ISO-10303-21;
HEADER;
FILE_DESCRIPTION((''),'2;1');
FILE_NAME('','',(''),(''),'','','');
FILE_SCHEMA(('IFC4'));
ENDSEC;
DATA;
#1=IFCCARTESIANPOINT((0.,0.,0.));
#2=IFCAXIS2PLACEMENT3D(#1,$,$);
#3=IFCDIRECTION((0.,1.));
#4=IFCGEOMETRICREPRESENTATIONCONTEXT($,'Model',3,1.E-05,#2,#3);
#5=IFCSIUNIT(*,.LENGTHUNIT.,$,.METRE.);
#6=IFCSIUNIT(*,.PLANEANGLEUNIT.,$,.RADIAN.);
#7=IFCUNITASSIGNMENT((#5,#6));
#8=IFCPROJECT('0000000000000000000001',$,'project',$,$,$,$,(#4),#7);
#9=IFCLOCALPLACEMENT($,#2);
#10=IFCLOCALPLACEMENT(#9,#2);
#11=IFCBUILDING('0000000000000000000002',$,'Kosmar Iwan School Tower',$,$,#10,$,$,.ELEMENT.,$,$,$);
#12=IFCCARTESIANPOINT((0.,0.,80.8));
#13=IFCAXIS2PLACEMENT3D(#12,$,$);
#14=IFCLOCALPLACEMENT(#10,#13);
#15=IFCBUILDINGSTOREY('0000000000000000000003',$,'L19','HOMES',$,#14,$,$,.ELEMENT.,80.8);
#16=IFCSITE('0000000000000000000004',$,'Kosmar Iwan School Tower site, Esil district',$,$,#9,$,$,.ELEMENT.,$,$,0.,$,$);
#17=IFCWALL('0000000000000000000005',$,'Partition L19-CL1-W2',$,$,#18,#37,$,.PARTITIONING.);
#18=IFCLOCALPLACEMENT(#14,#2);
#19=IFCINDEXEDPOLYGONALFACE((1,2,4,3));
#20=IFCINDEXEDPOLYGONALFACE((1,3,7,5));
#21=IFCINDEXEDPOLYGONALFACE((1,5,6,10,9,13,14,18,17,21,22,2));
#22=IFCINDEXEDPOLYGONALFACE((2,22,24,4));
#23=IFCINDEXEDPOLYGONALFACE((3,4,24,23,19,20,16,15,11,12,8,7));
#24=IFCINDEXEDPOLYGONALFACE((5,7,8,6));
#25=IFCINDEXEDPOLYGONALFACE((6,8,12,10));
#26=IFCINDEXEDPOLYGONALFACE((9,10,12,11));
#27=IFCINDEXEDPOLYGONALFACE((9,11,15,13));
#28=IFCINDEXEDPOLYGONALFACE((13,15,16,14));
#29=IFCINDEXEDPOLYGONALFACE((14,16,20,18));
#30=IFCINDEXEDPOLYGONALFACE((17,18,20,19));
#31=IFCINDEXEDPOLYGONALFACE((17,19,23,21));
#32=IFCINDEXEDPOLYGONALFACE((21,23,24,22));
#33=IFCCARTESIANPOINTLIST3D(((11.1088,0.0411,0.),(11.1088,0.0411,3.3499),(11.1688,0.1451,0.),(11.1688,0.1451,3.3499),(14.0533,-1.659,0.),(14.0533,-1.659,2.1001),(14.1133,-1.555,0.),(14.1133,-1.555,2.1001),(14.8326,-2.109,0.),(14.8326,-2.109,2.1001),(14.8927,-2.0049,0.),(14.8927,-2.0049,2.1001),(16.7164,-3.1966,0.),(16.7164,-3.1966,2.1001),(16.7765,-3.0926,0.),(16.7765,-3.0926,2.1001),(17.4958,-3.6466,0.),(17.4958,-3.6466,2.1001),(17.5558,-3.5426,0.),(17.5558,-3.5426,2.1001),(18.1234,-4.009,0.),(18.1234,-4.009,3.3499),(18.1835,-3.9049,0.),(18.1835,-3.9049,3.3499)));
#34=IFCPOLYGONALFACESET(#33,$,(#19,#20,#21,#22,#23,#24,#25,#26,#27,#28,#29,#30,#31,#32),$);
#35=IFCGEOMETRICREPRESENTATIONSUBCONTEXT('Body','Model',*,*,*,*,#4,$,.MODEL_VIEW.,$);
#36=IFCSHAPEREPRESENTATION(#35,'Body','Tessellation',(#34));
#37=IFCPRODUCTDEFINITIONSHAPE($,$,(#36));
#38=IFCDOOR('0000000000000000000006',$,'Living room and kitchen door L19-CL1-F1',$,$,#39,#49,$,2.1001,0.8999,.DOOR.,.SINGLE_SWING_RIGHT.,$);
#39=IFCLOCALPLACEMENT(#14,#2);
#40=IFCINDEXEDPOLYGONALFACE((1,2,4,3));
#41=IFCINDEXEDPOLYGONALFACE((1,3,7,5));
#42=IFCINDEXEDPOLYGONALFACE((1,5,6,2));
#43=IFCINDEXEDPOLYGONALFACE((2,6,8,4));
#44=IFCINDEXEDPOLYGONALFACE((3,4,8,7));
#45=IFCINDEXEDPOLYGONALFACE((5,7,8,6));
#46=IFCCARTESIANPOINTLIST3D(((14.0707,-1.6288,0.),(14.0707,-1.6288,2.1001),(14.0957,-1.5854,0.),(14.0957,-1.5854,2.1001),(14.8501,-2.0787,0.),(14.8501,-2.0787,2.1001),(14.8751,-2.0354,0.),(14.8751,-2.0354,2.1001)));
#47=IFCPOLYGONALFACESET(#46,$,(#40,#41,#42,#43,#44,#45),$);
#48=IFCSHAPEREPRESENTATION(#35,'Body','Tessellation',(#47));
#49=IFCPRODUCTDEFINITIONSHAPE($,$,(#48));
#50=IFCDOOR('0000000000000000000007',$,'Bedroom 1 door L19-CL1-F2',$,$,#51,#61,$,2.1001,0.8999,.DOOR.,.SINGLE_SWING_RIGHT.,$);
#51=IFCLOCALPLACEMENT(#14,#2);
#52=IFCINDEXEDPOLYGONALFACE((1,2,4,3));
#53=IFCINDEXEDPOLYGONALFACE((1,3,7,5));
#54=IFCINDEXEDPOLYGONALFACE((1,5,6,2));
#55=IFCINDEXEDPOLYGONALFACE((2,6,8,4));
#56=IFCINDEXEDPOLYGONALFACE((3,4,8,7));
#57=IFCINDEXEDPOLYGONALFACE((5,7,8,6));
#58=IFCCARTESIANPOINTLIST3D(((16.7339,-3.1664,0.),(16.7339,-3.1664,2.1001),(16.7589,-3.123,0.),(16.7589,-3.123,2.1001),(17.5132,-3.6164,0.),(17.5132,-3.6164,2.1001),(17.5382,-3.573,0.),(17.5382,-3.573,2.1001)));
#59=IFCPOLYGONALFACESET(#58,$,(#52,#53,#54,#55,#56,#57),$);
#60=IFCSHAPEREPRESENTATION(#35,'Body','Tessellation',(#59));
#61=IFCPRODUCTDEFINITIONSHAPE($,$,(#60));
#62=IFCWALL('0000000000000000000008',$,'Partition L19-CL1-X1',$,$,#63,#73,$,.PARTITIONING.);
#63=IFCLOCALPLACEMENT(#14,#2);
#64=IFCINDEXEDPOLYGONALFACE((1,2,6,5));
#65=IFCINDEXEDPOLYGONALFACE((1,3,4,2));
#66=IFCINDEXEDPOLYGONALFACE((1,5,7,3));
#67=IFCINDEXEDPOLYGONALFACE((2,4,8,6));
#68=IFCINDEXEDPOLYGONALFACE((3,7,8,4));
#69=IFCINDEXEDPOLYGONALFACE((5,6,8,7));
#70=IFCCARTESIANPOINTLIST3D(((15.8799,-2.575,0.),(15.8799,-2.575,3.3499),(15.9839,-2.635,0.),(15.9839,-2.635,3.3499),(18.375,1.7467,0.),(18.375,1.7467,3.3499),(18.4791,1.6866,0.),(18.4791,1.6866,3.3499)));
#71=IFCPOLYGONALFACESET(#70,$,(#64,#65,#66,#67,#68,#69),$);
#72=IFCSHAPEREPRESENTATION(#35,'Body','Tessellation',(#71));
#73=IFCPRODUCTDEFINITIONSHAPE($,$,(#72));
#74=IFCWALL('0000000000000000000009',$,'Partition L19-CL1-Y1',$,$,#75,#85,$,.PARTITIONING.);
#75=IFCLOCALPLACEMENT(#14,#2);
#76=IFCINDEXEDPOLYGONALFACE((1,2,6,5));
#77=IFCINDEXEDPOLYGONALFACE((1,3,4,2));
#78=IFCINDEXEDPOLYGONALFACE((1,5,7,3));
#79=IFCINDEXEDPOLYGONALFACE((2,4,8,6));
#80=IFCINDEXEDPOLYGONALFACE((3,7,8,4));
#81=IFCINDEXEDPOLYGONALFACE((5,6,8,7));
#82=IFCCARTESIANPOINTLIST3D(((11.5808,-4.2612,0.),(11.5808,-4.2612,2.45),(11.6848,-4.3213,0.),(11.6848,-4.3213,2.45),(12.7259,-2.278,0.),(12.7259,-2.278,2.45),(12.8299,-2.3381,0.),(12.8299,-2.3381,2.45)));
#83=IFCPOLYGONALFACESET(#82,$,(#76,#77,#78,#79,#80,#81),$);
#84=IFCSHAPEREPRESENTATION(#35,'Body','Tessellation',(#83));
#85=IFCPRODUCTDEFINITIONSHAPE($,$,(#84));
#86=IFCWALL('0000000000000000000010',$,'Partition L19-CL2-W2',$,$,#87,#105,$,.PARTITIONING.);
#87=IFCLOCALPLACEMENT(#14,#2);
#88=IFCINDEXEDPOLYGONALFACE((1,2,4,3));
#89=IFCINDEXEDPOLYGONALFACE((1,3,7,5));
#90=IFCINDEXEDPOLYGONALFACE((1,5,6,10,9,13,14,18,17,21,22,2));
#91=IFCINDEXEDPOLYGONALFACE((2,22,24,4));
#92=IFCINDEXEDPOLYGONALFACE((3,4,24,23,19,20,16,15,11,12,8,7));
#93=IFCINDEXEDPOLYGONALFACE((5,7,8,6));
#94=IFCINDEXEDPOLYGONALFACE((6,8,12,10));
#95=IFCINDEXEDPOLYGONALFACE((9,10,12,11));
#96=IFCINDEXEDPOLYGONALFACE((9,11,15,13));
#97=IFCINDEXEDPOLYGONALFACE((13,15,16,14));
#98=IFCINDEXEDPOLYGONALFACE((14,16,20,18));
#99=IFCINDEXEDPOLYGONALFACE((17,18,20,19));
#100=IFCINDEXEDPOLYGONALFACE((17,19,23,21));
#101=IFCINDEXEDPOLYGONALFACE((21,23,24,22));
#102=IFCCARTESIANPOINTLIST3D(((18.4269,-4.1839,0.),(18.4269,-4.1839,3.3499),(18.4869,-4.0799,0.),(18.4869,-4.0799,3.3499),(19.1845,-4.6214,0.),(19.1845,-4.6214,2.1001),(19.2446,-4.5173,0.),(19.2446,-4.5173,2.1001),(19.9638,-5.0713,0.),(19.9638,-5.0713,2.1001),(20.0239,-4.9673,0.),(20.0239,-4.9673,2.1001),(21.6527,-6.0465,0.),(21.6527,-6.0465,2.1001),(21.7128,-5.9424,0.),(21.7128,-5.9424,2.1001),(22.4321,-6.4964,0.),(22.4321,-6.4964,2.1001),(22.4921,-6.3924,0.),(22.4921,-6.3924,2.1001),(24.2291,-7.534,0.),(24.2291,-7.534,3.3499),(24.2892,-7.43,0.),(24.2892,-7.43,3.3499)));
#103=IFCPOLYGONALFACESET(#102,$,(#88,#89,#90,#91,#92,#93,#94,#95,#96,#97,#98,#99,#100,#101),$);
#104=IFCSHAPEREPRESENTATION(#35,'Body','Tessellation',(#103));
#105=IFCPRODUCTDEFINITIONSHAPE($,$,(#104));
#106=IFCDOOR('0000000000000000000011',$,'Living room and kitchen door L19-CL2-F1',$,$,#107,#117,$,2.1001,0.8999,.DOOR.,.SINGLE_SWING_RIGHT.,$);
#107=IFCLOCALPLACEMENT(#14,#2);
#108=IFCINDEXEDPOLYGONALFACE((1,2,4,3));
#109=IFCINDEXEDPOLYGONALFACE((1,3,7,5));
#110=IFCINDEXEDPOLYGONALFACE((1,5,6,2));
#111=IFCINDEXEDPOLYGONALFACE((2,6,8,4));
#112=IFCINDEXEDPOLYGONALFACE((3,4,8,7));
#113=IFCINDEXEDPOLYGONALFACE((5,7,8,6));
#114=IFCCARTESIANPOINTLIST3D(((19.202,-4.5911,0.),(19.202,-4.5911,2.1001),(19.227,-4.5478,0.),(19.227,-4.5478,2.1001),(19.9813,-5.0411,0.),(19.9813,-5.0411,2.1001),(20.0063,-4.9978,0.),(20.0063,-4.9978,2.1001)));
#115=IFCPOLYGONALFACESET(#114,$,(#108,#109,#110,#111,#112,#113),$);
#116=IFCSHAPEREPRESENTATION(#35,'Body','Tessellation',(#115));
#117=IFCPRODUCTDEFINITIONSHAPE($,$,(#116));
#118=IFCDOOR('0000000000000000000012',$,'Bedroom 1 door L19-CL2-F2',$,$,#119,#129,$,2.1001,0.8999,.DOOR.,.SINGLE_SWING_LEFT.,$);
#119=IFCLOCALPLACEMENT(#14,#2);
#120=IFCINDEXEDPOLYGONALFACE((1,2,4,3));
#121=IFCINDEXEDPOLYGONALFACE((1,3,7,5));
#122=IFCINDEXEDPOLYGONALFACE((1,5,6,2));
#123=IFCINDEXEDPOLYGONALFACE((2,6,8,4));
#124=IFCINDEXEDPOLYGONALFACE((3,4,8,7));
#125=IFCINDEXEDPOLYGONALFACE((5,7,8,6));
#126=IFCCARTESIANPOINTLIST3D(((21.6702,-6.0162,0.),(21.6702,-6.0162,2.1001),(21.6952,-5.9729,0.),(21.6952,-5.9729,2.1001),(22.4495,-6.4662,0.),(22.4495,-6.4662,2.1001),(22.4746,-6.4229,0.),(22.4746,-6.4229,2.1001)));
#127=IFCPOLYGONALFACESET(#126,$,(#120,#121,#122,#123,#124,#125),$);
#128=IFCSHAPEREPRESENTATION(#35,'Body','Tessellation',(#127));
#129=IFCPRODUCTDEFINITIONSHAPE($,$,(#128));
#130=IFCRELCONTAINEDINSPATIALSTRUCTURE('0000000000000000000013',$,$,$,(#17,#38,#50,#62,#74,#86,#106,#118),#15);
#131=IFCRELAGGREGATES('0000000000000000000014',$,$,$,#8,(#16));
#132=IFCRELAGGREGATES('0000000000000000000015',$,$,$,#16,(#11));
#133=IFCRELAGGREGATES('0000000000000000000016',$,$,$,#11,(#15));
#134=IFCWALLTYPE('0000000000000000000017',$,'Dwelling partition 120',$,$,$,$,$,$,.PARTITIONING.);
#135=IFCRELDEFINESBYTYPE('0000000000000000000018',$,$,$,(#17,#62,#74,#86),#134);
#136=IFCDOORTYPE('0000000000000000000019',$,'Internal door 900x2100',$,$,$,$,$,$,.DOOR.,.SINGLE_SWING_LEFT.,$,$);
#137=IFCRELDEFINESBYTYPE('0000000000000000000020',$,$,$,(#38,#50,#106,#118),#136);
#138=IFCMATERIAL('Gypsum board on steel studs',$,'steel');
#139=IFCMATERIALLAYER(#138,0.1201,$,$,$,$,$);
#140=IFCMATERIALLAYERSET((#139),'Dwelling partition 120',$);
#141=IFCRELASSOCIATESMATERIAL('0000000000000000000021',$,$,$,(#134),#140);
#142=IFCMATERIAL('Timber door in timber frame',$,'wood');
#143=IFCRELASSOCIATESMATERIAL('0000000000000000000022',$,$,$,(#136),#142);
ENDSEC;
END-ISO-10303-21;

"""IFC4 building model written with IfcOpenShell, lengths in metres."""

from ifc_helpers import new_model, si_unit, direction, frame, frame_2d, origin, place, context, subcontext, project, spatial, rectangle, extrude, material, layer, layer_set, type_object, element, fill, save


model = new_model("IFC4")

# Units and contexts
model_context = context("Model", 3, precision=1e-05, world=origin(), true_north=direction((0.0, 1.0)))
body_context = subcontext(model_context, "Body", "Model", "MODEL_VIEW")
ifc_project = project(units=[si_unit("LENGTHUNIT", "METRE"), si_unit("PLANEANGLEUNIT", "RADIAN")], contexts=[model_context])

# Site, building, storey
site_placement = place(None, origin())
site = spatial("IfcSite", under=ifc_project, at=site_placement, Name="Kosmar Iwan School Tower site, Esil district", CompositionType="ELEMENT", RefElevation=0.0)
building_placement = place(site_placement, origin())
building = spatial("IfcBuilding", under=site, at=building_placement, Name="Kosmar Iwan School Tower", CompositionType="ELEMENT")
storey_placement = place(building_placement, frame((0.0, 0.0, 80.8)))
storey = spatial("IfcBuildingStorey", under=building, at=storey_placement, Name="L19", Description="HOMES", CompositionType="ELEMENT", Elevation=80.8)

# Wall, openings, doors
ifc_material_1 = material(Name="Gypsum board on steel studs", Category="steel")
ifc_layer = layer(ifc_material_1, 0.1201)
ifc_layer_set = layer_set([ifc_layer], Name="Dwelling partition 120")
wall_type = type_object("IfcWallType", Name="Dwelling partition 120", PredefinedType="PARTITIONING", material=ifc_layer_set)
wall_1_placement = place(storey_placement, frame((11.1389, 0.093, 0.0), z_axis=(0.0, 0.0, 1.0), x_axis=(0.866018, -0.500013, 0.0)))
wall_1 = element("IfcWall", 1, at=wall_1_placement, inside=storey, type_object=wall_type, Name="Partition L19-CL1-W2", PredefinedType="PARTITIONING", context=body_context, shape_type="SweptSolid", body=[
    extrude(rectangle(XDim=8.0999, YDim=0.1201, at=frame_2d((4.0498, 0.0))), origin(), (0.0, 0.0, 1.0), 3.3499),
])
opening_1_placement = place(wall_1_placement, frame((3.3999, 0.0, 0.0)))
opening_1 = element("IfcOpeningElement", 2, at=opening_1_placement, cuts=wall_1, PredefinedType="OPENING", context=body_context, shape_type="SweptSolid", body=[
    extrude(rectangle(XDim=0.8999, YDim=2.1001, at=frame_2d((0.45, 1.05))), frame((0.0, 0.072, 0.0), z_axis=(0.0, -1.0, 0.0), x_axis=(1.0, 0.0, 0.0)), (0.0, 0.0, 1.0), 0.144),
])
opening_2_placement = place(wall_1_placement, frame((6.4751, 0.0, 0.0)))
opening_2 = element("IfcOpeningElement", 3, at=opening_2_placement, cuts=wall_1, PredefinedType="OPENING", context=body_context, shape_type="SweptSolid", body=[
    extrude(rectangle(XDim=0.8999, YDim=2.1001, at=frame_2d((0.45, 1.05))), frame((0.0, 0.072, 0.0), z_axis=(0.0, -1.0, 0.0), x_axis=(1.0, 0.0, 0.0)), (0.0, 0.0, 1.0), 0.144),
])
ifc_material_2 = material(Name="Timber door in timber frame", Category="wood")
door_type = type_object("IfcDoorType", Name="Internal door 900x2100", OperationType="SINGLE_SWING_LEFT", PredefinedType="DOOR", material=ifc_material_2)
door_1_placement = place(opening_1_placement, origin())
door_1 = element("IfcDoor", 4, at=door_1_placement, inside=storey, type_object=door_type, Name="Living room and kitchen door L19-CL1-F1", OperationType="SINGLE_SWING_RIGHT", OverallHeight=2.1001, OverallWidth=0.8999, PredefinedType="DOOR", context=body_context, shape_type="SweptSolid", body=[
    extrude(rectangle(XDim=0.8999, YDim=2.1001, at=frame_2d((0.45, 1.05))), frame((0.0, 0.0249, 0.0), z_axis=(0.0, -1.0, 0.0), x_axis=(1.0, 0.0, 0.0)), (0.0, 0.0, 1.0), 0.05),
])
fill(opening_1, door_1)
door_2_placement = place(opening_2_placement, origin())
door_2 = element("IfcDoor", 5, at=door_2_placement, inside=storey, type_object=door_type, Name="Bedroom 1 door L19-CL1-F2", OperationType="SINGLE_SWING_RIGHT", OverallHeight=2.1001, OverallWidth=0.8999, PredefinedType="DOOR", context=body_context, shape_type="SweptSolid", body=[
    extrude(rectangle(XDim=0.8999, YDim=2.1001, at=frame_2d((0.45, 1.05))), frame((0.0, 0.0249, 0.0), z_axis=(0.0, -1.0, 0.0), x_axis=(1.0, 0.0, 0.0)), (0.0, 0.0, 1.0), 0.05),
])
fill(opening_2, door_2)

# Walls
wall_2_placement = place(storey_placement, frame((15.9319, -2.605, 0.0), z_axis=(0.0, 0.0, 1.0), x_axis=(0.500012, 0.866019, 0.0)))
element("IfcWall", 6, at=wall_2_placement, inside=storey, type_object=wall_type, Name="Partition L19-CL1-X1", PredefinedType="PARTITIONING", context=body_context, shape_type="SweptSolid", body=[
    extrude(rectangle(XDim=4.9902, YDim=0.1201, at=frame_2d((2.4951, 0.0))), origin(), (0.0, 0.0, 1.0), 3.3499),
])
wall_3_placement = place(storey_placement, frame((11.6328, -4.2913, 0.0), z_axis=(0.0, 0.0, 1.0), x_axis=(0.500015, 0.866017, 0.0)))
element("IfcWall", 7, at=wall_3_placement, inside=storey, type_object=wall_type, Name="Partition L19-CL1-Y1", PredefinedType="PARTITIONING", context=body_context, shape_type="SweptSolid", body=[
    extrude(rectangle(XDim=2.29, YDim=0.1201, at=frame_2d((1.145, 0.0))), origin(), (0.0, 0.0, 1.0), 2.45),
])

# Wall, openings, doors
wall_4_placement = place(storey_placement, frame((18.4568, -4.1318, 0.0), z_axis=(0.0, 0.0, 1.0), x_axis=(0.866014, -0.500019, 0.0)))
wall_4 = element("IfcWall", 8, at=wall_4_placement, inside=storey, type_object=wall_type, Name="Partition L19-CL2-W2", PredefinedType="PARTITIONING", context=body_context, shape_type="SweptSolid", body=[
    extrude(rectangle(XDim=6.7, YDim=0.1201, at=frame_2d((3.3501, 0.0))), origin(), (0.0, 0.0, 1.0), 3.3499),
])
opening_3_placement = place(wall_4_placement, frame((0.875, 0.0, 0.0)))
opening_3 = element("IfcOpeningElement", 9, at=opening_3_placement, cuts=wall_4, PredefinedType="OPENING", context=body_context, shape_type="SweptSolid", body=[
    extrude(rectangle(XDim=0.8999, YDim=2.1001, at=frame_2d((0.45, 1.05))), frame((0.0, 0.072, 0.0), z_axis=(0.0, -1.0, 0.0), x_axis=(1.0, 0.0, 0.0)), (0.0, 0.0, 1.0), 0.144),
])
opening_4_placement = place(wall_4_placement, frame((3.7251, 0.0, 0.0)))
opening_4 = element("IfcOpeningElement", 10, at=opening_4_placement, cuts=wall_4, PredefinedType="OPENING", context=body_context, shape_type="SweptSolid", body=[
    extrude(rectangle(XDim=0.8999, YDim=2.1001, at=frame_2d((0.45, 1.05))), frame((0.0, 0.072, 0.0), z_axis=(0.0, -1.0, 0.0), x_axis=(1.0, 0.0, 0.0)), (0.0, 0.0, 1.0), 0.144),
])
door_3_placement = place(opening_3_placement, origin())
door_3 = element("IfcDoor", 11, at=door_3_placement, inside=storey, type_object=door_type, Name="Living room and kitchen door L19-CL2-F1", OperationType="SINGLE_SWING_RIGHT", OverallHeight=2.1001, OverallWidth=0.8999, PredefinedType="DOOR", context=body_context, shape_type="SweptSolid", body=[
    extrude(rectangle(XDim=0.8999, YDim=2.1001, at=frame_2d((0.45, 1.05))), frame((0.0, 0.0249, 0.0), z_axis=(0.0, -1.0, 0.0), x_axis=(1.0, 0.0, 0.0)), (0.0, 0.0, 1.0), 0.05),
])
fill(opening_3, door_3)
door_4_placement = place(opening_4_placement, origin())
door_4 = element("IfcDoor", 12, at=door_4_placement, inside=storey, type_object=door_type, Name="Bedroom 1 door L19-CL2-F2", OperationType="SINGLE_SWING_LEFT", OverallHeight=2.1001, OverallWidth=0.8999, PredefinedType="DOOR", context=body_context, shape_type="SweptSolid", body=[
    extrude(rectangle(XDim=0.8999, YDim=2.1001, at=frame_2d((0.45, 1.05))), frame((0.0, 0.0249, 0.0), z_axis=(0.0, -1.0, 0.0), x_axis=(1.0, 0.0, 0.0)), (0.0, 0.0, 1.0), 0.05),
])
fill(opening_4, door_4)

save(model, "model.ifc")
